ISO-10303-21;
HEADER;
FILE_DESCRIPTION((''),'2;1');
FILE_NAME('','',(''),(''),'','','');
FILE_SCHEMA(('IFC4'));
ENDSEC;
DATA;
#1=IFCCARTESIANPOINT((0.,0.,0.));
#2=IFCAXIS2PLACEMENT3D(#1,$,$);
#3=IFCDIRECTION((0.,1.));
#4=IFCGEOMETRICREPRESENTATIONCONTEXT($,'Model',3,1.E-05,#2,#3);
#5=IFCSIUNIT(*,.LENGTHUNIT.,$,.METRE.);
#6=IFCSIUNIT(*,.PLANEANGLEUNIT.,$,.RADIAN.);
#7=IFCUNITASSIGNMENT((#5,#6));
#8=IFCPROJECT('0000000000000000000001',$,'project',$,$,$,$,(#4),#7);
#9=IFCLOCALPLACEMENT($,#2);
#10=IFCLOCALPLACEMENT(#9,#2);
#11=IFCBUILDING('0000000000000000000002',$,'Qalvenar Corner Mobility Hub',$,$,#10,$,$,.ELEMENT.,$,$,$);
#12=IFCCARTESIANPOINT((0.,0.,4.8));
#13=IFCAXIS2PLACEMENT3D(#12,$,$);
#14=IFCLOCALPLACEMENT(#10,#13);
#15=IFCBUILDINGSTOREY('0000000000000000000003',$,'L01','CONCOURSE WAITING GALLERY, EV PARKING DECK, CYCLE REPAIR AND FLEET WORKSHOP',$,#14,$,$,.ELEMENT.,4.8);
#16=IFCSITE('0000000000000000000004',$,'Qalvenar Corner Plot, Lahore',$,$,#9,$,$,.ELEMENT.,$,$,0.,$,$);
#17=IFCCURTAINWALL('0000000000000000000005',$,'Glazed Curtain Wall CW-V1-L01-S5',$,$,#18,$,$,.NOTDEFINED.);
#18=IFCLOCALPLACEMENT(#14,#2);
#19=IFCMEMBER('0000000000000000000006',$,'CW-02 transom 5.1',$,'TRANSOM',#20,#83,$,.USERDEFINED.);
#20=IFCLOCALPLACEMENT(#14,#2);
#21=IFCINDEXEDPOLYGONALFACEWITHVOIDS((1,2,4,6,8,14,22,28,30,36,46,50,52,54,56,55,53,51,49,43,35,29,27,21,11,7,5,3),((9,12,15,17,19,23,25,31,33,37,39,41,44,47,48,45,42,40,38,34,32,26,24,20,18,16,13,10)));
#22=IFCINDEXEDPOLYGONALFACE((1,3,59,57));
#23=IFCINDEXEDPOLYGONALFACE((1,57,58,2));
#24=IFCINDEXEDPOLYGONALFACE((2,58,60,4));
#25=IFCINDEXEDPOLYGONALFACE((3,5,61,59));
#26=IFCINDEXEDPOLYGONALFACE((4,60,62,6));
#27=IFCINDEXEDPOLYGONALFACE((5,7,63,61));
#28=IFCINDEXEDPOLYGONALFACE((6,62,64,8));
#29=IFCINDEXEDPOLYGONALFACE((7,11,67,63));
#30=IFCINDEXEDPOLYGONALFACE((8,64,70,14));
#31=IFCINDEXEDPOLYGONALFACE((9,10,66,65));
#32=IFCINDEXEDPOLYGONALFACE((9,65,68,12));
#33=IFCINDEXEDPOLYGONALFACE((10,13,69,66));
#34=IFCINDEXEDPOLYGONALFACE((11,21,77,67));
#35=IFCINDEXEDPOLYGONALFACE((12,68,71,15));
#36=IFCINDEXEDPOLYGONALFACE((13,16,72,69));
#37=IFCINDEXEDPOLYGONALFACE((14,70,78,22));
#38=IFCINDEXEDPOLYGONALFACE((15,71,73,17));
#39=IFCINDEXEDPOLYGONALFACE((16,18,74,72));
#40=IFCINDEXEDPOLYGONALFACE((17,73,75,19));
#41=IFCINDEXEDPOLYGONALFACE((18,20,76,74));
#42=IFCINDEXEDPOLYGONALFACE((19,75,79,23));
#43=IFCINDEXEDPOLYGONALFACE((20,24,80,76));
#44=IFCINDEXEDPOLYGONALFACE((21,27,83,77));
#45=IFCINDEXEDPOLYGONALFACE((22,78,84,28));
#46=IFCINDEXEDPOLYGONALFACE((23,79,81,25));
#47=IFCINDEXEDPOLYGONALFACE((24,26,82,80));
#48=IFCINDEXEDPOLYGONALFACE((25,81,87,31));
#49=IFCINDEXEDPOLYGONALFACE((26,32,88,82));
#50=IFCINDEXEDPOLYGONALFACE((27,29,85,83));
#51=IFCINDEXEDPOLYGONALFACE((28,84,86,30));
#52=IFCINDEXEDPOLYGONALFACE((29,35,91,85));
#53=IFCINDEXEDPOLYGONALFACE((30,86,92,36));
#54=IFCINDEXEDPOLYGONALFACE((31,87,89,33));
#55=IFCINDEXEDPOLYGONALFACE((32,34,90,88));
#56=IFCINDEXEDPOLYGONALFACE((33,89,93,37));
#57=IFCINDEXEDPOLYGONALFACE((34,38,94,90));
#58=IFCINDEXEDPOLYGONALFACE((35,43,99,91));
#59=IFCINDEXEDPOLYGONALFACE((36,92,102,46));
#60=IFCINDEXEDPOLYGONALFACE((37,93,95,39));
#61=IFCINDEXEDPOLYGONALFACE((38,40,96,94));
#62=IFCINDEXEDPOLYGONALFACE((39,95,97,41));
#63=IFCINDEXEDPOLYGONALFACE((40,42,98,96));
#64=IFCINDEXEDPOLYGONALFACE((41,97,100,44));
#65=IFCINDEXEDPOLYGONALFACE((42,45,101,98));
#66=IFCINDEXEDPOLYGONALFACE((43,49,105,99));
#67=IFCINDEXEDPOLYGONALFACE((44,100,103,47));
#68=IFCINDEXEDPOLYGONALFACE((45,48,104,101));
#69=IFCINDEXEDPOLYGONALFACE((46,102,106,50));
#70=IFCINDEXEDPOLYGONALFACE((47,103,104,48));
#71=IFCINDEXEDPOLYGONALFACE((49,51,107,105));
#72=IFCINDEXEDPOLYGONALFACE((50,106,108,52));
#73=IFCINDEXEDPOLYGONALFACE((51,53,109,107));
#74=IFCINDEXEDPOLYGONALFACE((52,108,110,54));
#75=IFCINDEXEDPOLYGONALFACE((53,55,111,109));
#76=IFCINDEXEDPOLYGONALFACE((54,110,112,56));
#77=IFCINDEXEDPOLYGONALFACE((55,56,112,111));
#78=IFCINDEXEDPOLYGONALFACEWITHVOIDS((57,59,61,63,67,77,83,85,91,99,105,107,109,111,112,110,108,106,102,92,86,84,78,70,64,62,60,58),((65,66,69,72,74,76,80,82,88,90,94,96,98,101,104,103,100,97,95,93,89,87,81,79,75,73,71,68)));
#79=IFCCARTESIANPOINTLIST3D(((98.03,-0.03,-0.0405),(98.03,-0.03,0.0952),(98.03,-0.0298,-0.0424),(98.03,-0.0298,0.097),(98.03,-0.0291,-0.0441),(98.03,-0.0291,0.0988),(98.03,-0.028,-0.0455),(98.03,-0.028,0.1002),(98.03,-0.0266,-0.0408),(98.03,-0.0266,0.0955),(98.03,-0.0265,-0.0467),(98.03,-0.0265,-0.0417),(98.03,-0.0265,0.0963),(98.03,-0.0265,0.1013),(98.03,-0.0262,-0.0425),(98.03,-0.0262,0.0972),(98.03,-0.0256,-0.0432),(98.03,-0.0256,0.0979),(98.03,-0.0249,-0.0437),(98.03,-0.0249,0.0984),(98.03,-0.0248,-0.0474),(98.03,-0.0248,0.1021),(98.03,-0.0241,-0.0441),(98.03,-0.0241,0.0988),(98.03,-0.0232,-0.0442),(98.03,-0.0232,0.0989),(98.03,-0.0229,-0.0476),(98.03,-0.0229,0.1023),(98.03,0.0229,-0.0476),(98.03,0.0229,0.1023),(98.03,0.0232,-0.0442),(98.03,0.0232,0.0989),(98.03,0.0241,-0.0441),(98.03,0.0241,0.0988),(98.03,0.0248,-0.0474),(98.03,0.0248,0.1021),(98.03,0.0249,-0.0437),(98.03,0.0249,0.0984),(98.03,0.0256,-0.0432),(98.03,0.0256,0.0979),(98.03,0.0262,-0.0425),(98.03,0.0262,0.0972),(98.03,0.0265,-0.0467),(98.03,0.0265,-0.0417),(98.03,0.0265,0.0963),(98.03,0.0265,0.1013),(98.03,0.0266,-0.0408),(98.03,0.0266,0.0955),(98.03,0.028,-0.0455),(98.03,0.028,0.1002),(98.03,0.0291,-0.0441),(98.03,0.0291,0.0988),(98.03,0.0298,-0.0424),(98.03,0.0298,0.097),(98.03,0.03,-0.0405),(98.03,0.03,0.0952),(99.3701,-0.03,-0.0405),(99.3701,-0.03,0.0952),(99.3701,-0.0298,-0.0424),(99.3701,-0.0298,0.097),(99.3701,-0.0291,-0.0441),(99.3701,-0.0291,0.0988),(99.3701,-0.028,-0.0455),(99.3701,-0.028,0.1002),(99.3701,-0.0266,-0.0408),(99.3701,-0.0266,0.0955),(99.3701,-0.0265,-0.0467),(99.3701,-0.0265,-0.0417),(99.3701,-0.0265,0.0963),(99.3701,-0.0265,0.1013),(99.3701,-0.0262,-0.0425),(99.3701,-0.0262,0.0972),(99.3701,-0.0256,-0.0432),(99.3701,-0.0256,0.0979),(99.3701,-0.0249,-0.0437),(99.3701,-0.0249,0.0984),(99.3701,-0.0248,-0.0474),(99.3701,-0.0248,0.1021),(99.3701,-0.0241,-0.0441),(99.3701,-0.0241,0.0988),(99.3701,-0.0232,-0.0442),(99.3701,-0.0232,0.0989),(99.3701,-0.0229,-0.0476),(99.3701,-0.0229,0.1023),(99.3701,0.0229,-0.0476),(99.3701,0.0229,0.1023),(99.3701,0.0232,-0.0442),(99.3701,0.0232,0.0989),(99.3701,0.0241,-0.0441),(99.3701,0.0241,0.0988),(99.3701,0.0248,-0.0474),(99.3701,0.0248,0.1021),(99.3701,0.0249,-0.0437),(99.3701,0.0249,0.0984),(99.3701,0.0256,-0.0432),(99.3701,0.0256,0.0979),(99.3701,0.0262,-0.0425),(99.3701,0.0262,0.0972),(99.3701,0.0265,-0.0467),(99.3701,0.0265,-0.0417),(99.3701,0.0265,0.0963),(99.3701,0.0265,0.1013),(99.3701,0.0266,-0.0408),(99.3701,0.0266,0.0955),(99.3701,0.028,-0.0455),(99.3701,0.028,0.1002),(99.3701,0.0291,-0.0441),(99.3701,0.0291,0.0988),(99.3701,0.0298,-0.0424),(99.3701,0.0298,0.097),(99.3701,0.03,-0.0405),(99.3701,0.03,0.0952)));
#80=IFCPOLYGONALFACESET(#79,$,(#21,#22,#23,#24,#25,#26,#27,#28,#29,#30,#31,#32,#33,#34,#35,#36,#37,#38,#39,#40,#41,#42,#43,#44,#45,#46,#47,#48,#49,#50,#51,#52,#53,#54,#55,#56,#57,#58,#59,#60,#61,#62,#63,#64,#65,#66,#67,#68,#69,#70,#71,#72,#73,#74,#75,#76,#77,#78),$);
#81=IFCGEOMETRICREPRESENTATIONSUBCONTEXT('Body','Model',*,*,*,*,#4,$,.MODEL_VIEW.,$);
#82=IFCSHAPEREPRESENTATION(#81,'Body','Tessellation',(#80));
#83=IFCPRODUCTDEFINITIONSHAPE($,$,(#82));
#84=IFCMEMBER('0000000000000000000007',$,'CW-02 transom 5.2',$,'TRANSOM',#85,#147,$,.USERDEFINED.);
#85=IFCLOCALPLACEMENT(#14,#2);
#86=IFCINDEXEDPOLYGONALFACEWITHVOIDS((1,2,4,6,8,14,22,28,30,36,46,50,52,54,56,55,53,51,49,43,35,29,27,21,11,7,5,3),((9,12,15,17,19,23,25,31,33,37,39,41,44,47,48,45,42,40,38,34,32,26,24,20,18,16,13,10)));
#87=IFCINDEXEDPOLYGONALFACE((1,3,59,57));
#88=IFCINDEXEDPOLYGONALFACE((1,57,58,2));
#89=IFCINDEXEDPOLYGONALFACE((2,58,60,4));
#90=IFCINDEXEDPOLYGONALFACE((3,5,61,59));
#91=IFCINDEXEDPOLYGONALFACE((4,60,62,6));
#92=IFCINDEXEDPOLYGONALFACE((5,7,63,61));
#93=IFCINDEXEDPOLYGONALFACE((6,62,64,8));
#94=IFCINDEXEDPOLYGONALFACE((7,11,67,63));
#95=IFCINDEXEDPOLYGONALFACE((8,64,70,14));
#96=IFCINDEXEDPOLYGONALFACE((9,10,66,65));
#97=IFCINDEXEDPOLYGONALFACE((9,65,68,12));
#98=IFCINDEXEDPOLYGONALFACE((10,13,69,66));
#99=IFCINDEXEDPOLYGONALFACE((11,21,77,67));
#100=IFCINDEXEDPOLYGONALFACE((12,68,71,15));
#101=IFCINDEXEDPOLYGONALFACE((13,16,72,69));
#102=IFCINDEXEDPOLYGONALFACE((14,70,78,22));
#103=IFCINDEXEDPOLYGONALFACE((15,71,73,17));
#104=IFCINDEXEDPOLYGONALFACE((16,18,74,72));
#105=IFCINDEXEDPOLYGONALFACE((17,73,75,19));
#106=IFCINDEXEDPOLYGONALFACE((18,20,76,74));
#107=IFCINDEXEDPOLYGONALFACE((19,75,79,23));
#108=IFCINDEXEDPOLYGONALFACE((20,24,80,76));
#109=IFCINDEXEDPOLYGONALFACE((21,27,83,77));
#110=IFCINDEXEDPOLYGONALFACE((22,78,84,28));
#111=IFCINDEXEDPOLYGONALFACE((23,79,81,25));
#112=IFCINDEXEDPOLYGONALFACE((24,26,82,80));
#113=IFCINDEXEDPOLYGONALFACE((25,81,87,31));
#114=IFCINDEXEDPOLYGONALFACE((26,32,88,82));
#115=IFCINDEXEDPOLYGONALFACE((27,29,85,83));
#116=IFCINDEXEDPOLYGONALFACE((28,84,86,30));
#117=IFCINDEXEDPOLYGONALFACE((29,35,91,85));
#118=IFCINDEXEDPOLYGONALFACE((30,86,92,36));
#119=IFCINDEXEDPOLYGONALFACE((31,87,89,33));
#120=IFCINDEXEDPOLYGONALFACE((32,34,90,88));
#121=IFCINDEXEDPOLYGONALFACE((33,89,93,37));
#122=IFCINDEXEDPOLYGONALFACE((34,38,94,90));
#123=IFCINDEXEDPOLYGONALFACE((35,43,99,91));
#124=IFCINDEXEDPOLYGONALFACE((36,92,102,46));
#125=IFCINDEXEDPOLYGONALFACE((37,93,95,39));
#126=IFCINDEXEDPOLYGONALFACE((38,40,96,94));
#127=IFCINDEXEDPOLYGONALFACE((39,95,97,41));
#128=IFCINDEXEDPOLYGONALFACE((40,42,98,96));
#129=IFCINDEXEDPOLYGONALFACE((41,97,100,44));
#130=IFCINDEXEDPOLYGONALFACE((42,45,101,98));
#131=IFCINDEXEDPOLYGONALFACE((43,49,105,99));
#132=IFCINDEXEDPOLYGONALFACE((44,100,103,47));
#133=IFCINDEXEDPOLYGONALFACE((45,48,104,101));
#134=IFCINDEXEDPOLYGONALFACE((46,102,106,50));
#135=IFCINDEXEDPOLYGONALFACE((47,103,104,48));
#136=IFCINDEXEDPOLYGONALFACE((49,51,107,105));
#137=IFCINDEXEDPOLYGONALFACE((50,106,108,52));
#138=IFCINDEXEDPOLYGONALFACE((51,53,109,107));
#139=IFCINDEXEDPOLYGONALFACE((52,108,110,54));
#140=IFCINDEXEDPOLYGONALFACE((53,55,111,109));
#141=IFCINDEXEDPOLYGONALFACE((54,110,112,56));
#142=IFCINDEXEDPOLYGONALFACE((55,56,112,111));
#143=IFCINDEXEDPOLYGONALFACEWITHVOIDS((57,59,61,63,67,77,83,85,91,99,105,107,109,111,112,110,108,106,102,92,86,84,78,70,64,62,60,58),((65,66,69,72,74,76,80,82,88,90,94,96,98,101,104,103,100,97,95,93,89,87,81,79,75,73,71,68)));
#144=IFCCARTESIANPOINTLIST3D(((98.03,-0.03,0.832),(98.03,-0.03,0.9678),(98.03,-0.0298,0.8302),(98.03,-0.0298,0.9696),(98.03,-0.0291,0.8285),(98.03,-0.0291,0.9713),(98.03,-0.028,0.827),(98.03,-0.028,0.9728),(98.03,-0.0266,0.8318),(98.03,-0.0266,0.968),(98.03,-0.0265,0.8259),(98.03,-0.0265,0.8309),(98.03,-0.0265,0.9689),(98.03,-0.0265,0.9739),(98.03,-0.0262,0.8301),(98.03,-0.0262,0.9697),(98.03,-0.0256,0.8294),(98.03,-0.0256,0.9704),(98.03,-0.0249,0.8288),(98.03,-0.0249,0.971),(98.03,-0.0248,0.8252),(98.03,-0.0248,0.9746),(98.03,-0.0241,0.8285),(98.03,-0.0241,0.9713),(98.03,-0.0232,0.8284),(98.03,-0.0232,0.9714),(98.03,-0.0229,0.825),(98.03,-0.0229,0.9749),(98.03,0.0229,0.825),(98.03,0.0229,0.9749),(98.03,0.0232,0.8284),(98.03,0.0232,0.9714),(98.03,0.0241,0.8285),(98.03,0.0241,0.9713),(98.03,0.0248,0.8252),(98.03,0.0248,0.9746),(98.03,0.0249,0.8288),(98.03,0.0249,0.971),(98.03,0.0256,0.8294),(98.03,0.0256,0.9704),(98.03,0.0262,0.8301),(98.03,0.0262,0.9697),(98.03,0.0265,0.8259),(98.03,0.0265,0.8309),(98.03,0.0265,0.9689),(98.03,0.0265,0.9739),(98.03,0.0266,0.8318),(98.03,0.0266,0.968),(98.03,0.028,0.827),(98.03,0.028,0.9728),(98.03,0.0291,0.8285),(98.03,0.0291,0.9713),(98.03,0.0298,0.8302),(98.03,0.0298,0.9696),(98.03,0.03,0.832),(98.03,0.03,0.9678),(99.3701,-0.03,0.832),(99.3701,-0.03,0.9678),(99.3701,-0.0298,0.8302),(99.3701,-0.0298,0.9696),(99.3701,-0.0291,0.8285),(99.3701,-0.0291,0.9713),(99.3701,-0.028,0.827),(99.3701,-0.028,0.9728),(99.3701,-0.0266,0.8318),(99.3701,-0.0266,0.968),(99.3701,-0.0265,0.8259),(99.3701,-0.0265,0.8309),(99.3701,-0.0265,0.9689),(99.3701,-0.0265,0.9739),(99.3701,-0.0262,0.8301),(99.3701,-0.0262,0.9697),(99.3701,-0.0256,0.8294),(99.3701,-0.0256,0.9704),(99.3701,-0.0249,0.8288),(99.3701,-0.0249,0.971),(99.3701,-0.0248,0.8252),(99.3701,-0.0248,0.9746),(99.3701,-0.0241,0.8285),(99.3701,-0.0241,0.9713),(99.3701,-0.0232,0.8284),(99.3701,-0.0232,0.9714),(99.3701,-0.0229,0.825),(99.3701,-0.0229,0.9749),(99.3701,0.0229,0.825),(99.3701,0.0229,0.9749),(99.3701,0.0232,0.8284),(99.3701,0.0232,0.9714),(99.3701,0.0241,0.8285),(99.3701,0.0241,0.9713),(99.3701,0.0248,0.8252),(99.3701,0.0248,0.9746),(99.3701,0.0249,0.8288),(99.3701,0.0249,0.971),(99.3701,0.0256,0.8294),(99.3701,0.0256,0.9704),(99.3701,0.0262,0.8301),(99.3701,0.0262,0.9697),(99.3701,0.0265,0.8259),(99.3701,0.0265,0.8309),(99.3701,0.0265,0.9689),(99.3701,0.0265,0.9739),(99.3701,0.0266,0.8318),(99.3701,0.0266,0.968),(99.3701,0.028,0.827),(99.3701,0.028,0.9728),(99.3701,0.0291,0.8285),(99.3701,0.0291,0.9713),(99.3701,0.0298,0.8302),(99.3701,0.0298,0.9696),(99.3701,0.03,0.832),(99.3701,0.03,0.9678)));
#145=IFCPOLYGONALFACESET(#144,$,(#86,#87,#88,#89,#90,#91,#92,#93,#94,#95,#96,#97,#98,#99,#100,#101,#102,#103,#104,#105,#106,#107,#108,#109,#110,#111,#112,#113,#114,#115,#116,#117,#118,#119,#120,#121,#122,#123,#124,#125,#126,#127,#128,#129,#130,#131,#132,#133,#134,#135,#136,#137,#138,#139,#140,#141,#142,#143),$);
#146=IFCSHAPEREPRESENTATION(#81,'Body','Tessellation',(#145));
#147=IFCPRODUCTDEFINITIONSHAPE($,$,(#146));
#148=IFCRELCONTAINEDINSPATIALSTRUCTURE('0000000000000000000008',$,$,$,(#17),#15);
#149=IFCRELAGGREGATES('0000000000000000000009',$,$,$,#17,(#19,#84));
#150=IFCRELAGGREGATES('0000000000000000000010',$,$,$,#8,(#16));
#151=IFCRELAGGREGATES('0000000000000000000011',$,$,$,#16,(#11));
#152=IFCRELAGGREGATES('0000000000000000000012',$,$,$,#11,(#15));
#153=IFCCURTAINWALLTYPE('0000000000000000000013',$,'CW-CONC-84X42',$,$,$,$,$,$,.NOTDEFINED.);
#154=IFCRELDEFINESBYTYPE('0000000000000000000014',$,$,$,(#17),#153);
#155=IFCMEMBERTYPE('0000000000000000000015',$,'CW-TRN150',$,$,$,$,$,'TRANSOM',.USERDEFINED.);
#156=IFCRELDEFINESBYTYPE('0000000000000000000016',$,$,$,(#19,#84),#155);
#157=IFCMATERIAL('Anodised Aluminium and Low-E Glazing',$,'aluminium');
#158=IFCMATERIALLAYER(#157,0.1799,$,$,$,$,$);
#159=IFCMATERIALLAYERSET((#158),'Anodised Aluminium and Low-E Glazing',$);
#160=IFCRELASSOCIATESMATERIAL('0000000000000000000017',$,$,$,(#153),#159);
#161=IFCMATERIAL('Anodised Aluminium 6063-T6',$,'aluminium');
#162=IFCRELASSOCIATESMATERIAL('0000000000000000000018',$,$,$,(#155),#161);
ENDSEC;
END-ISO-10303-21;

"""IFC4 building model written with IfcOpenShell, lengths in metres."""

from ifc_helpers import new_model, si_unit, direction, frame, origin, origin_2d, place, context, subcontext, project, spatial, hollow_rectangle, extrude, material, layer, layer_set, material_profile, profile_set, type_object, element, aggregate, save


model = new_model("IFC4")

# Units and contexts
model_context = context("Model", 3, precision=1e-05, world=origin(), true_north=direction((0.0, 1.0)))
body_context = subcontext(model_context, "Body", "Model", "MODEL_VIEW")
ifc_project = project(units=[si_unit("LENGTHUNIT", "METRE"), si_unit("PLANEANGLEUNIT", "RADIAN")], contexts=[model_context])

# Site, building, storey
site_placement = place(None, origin())
site = spatial("IfcSite", under=ifc_project, at=site_placement, Name="Qalvenar Corner Plot, Lahore", CompositionType="ELEMENT", RefElevation=0.0)
building_placement = place(site_placement, origin())
building = spatial("IfcBuilding", under=site, at=building_placement, Name="Qalvenar Corner Mobility Hub", CompositionType="ELEMENT")
storey_placement = place(building_placement, frame((0.0, 0.0, 4.8)))
storey = spatial("IfcBuildingStorey", under=building, at=storey_placement, Name="L01", Description="CONCOURSE WAITING GALLERY, EV PARKING DECK, CYCLE REPAIR AND FLEET WORKSHOP", CompositionType="ELEMENT", Elevation=4.8)

# Curtain wall
ifc_material_1 = material(Name="Anodised Aluminium and Low-E Glazing", Category="aluminium")
ifc_layer_1 = layer(ifc_material_1, 0.1799)
ifc_layer_set_1 = layer_set([ifc_layer_1], Name="Anodised Aluminium and Low-E Glazing")
curtain_wall_type = type_object("IfcCurtainWallType", Name="CW-CONC-84X42", PredefinedType="NOTDEFINED", material=ifc_layer_set_1)
curtain_wall_1_placement = place(storey_placement, origin())
curtain_wall_1 = element("IfcCurtainWall", 1, at=curtain_wall_1_placement, inside=storey, type_object=curtain_wall_type, Name="Glazed Curtain Wall CW-V1-L01-S5", PredefinedType="NOTDEFINED")
ifc_material_2 = material(Name="Anodised Aluminium 6063-T6", Category="aluminium")

# Members
ifc_material_profile_1 = material_profile(ifc_material_2, hollow_rectangle(XDim=0.0601, YDim=0.1499, WallThickness=0.0034, InnerFilletRadius=0.0034, OuterFilletRadius=0.0071, at=origin_2d()), Name="RHS150x60x3.5")
ifc_profile_set_1 = profile_set([ifc_material_profile_1], Name="Anodised Aluminium 6063-T6")
member_type_1 = type_object("IfcMemberType", Name="CW-TRN150", ElementType="TRANSOM", PredefinedType="USERDEFINED", material=ifc_profile_set_1)
member_1_placement = place(storey_placement, frame((98.03, 0.0, 0.0273), z_axis=(1.0, 0.0, 0.0), x_axis=(0.0, 1.0, 0.0)))
member_1 = element("IfcMember", 2, at=member_1_placement, type_object=member_type_1, Name="CW-02 transom 5.1", ObjectType="TRANSOM", PredefinedType="USERDEFINED", context=body_context, shape_type="SweptSolid", body=[
    extrude(hollow_rectangle(XDim=0.0601, YDim=0.1499, WallThickness=0.0034, InnerFilletRadius=0.0034, OuterFilletRadius=0.0071, at=origin_2d()), origin(), (0.0, 0.0, 1.0), 1.3401),
])
member_2_placement = place(storey_placement, frame((98.03, 0.0, 0.8999), z_axis=(1.0, 0.0, 0.0), x_axis=(0.0, 1.0, 0.0)))
member_2 = element("IfcMember", 3, at=member_2_placement, type_object=member_type_1, Name="CW-02 transom 5.2", ObjectType="TRANSOM", PredefinedType="USERDEFINED", context=body_context, shape_type="SweptSolid", body=[
    extrude(hollow_rectangle(XDim=0.0601, YDim=0.1499, WallThickness=0.0034, InnerFilletRadius=0.0034, OuterFilletRadius=0.0071, at=origin_2d()), origin(), (0.0, 0.0, 1.0), 1.3401),
])

aggregate(curtain_wall_1, [member_1, member_2])

save(model, "model.ifc")
